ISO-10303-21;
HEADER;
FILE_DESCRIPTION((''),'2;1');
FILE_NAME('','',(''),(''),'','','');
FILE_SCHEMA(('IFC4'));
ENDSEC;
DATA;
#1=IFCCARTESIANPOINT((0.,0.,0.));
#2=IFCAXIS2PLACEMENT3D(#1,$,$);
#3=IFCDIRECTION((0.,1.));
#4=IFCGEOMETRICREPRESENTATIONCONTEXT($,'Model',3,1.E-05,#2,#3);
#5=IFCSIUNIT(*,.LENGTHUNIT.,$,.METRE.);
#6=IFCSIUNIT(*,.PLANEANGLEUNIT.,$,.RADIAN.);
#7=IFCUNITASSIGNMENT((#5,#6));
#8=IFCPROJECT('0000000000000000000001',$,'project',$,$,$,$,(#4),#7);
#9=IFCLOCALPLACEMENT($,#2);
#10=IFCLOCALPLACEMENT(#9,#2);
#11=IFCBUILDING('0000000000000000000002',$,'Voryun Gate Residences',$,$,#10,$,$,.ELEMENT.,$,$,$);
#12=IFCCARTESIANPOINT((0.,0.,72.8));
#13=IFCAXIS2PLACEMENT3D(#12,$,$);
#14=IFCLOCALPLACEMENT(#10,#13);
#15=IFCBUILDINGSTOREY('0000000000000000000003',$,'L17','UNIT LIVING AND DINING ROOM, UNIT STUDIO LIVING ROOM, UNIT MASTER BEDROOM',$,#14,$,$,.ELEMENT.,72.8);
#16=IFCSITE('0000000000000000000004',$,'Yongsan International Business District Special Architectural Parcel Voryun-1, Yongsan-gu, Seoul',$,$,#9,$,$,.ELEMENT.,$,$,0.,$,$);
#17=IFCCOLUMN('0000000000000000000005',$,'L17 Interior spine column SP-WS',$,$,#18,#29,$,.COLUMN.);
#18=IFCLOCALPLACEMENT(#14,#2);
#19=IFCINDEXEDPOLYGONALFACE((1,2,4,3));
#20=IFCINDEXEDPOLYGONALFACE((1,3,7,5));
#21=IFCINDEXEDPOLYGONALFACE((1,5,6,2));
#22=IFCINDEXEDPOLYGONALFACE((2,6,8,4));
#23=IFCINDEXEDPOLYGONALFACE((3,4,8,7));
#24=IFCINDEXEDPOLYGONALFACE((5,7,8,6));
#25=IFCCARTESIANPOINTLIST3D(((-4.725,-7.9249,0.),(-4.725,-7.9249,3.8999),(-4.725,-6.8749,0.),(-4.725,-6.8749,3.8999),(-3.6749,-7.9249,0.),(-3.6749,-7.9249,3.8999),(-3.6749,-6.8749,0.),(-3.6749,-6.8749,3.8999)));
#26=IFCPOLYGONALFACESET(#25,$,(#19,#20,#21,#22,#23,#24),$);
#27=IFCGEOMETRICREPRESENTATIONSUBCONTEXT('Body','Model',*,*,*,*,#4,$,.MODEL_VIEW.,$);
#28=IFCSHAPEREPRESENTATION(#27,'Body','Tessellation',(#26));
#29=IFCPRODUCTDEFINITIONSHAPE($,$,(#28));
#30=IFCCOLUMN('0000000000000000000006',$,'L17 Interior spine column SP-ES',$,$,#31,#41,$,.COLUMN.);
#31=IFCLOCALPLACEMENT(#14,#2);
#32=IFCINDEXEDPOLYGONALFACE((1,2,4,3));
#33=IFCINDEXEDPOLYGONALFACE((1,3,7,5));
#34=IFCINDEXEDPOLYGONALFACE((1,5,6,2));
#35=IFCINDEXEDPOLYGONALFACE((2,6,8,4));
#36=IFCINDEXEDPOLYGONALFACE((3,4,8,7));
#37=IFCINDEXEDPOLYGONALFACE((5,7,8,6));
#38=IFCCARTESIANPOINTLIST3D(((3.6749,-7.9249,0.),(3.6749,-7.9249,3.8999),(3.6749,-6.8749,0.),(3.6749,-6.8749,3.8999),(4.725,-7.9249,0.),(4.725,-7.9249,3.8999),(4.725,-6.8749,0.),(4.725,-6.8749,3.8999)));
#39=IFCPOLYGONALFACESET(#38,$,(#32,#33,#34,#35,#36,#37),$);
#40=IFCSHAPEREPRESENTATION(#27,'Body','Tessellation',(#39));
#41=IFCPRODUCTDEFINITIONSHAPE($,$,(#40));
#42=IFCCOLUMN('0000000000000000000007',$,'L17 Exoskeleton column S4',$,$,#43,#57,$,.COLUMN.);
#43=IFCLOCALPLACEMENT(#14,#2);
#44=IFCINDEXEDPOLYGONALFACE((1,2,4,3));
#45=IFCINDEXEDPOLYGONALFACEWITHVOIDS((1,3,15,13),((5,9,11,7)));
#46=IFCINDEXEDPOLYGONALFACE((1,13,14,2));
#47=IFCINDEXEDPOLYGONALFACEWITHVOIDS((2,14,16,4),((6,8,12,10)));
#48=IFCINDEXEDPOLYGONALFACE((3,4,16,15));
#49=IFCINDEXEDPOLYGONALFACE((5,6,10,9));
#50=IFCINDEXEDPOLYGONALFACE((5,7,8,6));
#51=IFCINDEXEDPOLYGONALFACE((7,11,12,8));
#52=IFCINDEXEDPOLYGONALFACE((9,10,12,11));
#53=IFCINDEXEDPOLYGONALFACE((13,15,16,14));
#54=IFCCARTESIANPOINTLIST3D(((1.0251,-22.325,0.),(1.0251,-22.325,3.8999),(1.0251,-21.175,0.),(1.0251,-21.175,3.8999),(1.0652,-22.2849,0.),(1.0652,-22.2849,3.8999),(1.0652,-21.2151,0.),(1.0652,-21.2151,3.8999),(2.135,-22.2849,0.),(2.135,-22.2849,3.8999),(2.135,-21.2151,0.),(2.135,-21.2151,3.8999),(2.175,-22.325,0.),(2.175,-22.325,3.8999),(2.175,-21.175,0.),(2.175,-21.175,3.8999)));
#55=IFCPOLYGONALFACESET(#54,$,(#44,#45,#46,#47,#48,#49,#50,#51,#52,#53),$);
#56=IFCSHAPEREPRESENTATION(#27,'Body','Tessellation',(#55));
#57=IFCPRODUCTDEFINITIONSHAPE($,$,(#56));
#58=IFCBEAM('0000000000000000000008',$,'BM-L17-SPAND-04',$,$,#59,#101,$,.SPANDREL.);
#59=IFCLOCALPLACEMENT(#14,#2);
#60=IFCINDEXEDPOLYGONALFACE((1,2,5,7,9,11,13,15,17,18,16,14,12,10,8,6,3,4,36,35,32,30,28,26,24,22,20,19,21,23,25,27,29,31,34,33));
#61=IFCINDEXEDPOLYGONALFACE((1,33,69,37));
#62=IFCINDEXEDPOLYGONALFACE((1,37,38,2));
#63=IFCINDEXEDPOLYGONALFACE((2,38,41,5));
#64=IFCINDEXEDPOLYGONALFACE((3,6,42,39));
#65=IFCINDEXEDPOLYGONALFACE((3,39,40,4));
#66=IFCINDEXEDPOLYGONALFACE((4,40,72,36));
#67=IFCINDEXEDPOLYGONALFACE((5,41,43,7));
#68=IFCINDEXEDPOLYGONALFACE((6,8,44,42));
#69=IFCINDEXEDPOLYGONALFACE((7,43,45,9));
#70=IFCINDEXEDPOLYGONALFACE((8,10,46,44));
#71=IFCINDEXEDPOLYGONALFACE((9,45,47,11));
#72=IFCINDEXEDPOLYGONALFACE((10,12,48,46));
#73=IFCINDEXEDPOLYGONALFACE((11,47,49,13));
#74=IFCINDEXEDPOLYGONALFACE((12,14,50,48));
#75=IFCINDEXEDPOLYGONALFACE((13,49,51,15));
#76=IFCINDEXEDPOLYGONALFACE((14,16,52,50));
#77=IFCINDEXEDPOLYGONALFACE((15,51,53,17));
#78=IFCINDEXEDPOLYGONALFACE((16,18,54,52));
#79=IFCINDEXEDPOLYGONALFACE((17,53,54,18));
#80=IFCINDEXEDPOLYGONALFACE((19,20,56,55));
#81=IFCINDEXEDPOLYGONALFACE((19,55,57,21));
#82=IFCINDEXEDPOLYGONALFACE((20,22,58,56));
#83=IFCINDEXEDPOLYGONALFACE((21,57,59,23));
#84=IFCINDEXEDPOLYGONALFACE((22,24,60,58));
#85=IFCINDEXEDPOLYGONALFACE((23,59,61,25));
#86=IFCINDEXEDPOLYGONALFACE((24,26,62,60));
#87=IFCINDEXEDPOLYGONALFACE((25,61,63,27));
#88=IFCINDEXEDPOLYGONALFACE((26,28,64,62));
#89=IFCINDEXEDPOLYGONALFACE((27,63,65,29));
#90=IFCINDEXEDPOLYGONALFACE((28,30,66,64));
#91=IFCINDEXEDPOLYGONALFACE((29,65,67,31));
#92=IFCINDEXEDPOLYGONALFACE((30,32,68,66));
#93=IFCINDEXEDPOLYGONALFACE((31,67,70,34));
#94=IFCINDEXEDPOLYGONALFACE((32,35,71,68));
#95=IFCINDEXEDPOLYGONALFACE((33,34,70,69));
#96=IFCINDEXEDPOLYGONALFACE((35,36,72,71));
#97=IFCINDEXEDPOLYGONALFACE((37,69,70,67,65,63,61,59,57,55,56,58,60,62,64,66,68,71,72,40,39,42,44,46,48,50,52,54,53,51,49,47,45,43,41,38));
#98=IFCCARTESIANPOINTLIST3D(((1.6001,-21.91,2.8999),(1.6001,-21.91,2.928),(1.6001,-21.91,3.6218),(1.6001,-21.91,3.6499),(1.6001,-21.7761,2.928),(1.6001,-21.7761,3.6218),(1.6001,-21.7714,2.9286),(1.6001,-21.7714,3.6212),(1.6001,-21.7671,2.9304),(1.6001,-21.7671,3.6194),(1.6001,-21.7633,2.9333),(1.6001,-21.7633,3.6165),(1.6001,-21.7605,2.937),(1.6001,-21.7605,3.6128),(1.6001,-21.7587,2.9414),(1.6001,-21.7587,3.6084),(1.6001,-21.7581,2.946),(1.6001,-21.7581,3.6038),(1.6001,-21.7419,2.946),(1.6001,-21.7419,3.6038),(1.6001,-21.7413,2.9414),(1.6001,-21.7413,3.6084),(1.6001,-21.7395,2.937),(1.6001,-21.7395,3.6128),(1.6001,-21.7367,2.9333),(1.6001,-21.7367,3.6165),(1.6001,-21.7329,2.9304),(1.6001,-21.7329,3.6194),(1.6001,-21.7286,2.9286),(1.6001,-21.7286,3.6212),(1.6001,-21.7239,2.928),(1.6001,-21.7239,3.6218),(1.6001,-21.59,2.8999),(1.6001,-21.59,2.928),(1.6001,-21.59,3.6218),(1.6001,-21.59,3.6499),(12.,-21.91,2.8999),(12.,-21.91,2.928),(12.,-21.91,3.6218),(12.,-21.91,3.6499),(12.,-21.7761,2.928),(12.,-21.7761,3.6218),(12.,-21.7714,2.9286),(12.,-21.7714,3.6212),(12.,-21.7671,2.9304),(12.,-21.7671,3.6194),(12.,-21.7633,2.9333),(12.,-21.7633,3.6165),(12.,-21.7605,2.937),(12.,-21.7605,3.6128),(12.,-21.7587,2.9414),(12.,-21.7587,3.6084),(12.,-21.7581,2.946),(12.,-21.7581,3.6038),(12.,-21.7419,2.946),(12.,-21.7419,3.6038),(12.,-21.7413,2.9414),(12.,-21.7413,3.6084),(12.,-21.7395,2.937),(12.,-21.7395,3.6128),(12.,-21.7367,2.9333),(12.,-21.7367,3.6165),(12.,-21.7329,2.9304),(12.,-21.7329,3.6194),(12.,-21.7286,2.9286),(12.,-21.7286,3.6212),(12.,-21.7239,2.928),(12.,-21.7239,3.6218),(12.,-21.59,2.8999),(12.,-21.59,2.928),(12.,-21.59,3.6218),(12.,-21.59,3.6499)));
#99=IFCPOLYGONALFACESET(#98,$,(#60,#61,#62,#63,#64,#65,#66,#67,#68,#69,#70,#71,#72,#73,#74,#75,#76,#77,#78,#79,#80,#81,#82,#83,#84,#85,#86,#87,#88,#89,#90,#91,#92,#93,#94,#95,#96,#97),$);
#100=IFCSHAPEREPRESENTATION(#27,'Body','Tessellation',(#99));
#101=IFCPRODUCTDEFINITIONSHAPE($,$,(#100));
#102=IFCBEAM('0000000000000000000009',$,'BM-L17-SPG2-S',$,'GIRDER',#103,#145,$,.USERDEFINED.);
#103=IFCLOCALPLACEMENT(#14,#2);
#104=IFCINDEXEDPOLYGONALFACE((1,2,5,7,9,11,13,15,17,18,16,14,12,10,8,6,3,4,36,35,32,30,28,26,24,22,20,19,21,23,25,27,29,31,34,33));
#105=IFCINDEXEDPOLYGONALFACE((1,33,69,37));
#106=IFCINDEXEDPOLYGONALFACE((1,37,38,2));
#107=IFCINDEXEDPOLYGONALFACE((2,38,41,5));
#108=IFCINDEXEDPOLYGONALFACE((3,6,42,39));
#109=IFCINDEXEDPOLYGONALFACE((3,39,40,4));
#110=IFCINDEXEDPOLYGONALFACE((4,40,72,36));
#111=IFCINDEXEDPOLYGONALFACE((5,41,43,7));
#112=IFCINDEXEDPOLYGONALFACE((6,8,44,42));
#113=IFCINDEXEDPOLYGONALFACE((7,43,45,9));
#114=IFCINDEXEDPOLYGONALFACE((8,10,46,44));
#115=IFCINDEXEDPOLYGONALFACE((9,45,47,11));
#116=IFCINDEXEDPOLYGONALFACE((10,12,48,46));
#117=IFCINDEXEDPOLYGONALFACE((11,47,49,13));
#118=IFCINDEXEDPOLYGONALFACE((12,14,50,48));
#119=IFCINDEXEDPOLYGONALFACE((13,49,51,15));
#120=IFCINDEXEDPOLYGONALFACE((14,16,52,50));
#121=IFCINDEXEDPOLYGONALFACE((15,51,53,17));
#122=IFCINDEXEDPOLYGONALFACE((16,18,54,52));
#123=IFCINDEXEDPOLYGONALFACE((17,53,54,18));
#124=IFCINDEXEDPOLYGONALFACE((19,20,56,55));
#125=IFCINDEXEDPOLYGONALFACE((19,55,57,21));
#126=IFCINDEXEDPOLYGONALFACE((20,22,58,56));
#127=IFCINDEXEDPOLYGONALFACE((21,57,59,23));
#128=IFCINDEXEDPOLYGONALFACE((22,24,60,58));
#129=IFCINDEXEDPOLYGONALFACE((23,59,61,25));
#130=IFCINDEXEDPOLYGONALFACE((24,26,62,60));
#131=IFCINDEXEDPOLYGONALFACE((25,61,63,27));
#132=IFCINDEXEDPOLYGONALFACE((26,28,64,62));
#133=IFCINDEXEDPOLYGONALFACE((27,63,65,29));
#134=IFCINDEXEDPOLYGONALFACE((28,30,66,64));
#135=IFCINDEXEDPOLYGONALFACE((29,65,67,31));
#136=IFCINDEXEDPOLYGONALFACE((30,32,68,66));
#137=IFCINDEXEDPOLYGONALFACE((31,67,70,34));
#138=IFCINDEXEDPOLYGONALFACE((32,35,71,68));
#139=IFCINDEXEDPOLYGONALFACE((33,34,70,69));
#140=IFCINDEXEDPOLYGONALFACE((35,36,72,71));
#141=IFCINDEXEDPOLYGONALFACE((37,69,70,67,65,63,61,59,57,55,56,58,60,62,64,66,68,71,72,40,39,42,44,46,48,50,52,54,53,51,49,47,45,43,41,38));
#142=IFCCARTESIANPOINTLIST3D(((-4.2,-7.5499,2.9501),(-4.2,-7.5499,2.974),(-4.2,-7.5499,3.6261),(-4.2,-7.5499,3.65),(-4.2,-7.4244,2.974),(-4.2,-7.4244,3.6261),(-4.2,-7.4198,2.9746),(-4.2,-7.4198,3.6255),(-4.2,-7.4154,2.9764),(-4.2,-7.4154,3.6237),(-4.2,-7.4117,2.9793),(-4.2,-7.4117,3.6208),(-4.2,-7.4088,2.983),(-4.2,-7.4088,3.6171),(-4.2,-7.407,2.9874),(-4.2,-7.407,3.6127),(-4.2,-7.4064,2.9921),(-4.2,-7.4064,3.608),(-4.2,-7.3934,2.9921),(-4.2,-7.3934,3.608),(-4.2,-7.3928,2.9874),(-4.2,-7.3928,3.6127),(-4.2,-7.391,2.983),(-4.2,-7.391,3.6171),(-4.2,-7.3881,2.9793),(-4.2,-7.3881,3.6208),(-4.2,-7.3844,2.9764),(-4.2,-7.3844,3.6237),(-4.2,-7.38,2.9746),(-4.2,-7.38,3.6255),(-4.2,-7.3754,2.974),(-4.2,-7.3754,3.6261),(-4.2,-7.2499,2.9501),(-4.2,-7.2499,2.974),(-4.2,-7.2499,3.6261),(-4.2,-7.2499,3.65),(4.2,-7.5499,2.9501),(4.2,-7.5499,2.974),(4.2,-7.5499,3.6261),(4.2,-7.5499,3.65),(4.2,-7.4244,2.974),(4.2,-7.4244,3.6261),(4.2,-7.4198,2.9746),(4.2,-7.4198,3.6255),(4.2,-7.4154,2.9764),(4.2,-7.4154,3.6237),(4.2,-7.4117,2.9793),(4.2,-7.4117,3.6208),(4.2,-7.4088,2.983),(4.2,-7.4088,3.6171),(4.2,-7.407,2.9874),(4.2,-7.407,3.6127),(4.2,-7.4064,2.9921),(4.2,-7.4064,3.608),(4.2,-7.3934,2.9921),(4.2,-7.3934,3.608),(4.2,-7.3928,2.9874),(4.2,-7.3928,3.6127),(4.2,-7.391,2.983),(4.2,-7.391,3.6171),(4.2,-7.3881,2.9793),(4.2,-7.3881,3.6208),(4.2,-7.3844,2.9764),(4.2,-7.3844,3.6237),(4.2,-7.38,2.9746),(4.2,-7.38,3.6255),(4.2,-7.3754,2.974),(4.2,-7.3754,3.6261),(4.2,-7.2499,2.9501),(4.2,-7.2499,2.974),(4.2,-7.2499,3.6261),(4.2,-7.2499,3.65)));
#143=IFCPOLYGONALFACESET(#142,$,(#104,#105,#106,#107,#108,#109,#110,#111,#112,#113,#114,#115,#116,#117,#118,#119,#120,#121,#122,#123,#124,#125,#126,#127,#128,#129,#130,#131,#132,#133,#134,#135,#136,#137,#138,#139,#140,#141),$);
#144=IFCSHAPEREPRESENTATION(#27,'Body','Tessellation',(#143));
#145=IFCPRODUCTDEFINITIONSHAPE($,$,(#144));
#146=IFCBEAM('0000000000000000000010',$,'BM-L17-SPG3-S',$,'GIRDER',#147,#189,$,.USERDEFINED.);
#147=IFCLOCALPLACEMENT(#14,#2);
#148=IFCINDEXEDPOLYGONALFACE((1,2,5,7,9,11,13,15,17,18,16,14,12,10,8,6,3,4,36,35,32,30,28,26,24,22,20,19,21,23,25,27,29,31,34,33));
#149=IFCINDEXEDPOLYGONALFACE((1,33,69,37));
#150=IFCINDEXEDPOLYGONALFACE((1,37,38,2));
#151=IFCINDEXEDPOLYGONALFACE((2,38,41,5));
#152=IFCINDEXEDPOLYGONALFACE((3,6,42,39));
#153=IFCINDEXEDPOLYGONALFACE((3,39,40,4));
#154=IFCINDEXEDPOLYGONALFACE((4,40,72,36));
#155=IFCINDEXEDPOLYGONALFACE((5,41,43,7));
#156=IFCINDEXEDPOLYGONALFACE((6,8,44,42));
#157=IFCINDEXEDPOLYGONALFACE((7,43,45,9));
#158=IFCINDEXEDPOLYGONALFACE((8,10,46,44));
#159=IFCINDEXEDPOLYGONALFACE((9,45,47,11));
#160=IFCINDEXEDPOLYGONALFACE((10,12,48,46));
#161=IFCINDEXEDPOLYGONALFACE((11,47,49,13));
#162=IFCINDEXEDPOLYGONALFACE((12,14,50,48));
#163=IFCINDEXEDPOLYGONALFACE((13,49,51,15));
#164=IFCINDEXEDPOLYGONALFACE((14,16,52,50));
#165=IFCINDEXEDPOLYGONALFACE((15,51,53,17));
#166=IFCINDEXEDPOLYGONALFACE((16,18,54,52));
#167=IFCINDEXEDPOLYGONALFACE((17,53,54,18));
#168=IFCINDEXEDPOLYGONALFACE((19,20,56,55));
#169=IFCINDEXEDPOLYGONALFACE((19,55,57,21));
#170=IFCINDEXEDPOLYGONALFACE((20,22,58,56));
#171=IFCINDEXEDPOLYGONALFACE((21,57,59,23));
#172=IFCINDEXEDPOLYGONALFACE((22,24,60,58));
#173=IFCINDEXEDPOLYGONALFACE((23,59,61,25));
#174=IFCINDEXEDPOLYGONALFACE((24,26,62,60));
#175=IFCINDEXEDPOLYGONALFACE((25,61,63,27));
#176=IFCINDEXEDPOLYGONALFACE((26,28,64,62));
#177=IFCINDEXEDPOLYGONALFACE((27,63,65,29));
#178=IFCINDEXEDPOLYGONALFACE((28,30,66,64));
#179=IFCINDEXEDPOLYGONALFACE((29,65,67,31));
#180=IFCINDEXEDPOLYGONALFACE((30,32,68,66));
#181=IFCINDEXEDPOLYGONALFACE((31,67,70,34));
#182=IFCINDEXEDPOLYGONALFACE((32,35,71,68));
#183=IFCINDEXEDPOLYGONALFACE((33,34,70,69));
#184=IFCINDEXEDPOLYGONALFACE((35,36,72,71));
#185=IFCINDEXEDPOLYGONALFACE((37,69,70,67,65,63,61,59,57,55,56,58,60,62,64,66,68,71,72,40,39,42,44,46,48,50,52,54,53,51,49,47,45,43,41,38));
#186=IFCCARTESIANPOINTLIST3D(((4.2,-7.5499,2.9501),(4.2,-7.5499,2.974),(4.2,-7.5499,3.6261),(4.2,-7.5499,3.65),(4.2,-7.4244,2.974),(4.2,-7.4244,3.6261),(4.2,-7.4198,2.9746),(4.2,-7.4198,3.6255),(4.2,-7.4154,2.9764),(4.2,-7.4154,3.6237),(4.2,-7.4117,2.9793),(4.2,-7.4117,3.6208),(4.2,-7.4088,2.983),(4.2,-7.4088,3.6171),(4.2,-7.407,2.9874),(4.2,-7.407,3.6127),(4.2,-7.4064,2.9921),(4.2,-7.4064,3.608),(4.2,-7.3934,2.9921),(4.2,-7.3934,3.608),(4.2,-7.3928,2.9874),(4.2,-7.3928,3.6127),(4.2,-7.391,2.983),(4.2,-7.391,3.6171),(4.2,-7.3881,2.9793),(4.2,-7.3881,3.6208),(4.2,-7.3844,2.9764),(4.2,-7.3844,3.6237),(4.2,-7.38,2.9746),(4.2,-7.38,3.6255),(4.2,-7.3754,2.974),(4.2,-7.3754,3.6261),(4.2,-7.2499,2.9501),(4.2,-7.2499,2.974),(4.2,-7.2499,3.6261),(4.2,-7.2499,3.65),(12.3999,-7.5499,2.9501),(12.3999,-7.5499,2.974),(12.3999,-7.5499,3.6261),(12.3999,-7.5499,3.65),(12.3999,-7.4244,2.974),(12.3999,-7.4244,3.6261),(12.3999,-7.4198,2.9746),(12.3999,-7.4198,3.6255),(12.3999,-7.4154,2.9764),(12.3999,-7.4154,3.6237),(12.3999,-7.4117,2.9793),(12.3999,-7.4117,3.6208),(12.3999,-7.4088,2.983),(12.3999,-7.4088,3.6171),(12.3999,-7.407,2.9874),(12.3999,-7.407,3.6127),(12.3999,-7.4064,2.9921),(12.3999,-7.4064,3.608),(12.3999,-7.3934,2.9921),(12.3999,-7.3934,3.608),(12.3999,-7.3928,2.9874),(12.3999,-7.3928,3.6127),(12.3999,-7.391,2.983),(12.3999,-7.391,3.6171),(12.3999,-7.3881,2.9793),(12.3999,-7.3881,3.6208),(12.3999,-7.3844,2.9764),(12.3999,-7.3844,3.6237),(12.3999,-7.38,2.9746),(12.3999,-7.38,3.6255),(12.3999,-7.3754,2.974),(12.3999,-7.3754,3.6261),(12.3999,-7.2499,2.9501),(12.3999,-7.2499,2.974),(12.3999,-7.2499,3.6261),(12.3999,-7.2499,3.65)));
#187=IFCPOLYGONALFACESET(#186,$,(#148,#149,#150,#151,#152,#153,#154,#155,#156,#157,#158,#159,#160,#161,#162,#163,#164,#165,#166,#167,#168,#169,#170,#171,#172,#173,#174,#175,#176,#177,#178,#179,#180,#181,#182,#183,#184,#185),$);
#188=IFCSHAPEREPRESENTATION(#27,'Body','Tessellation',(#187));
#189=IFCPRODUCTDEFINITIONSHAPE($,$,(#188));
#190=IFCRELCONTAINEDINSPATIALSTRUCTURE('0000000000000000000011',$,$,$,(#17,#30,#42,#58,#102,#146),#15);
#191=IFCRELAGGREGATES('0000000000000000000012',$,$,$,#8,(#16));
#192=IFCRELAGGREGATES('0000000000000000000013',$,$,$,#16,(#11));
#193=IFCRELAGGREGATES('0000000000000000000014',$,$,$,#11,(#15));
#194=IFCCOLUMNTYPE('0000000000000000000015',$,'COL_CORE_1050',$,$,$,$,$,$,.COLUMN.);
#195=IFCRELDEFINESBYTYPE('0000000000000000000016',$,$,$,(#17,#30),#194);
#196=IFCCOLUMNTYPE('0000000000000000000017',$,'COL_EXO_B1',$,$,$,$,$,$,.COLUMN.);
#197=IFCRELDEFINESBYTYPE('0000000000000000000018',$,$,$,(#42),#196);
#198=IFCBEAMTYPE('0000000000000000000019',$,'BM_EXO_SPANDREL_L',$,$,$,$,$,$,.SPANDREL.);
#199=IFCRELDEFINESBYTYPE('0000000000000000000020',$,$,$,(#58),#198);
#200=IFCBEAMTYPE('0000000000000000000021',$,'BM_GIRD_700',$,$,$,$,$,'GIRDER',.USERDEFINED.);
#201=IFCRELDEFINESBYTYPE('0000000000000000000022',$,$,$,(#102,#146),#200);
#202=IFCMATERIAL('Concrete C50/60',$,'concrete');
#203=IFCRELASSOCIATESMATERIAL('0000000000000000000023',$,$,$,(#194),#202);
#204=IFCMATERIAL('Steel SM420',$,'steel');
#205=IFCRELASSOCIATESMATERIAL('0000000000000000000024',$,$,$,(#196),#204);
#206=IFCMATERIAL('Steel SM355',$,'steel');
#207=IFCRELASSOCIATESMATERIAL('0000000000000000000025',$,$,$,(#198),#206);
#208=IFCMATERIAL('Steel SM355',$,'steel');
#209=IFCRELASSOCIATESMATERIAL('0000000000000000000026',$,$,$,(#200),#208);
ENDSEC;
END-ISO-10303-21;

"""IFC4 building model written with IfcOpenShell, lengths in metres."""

from ifc_helpers import new_model, si_unit, direction, frame, origin, origin_2d, place, context, subcontext, project, spatial, rectangle, hollow_rectangle, i_section, extrude, material, material_profile, profile_set, type_object, element, save


model = new_model("IFC4")

# Units and contexts
model_context = context("Model", 3, precision=1e-05, world=origin(), true_north=direction((0.0, 1.0)))
body_context = subcontext(model_context, "Body", "Model", "MODEL_VIEW")
ifc_project = project(units=[si_unit("LENGTHUNIT", "METRE"), si_unit("PLANEANGLEUNIT", "RADIAN")], contexts=[model_context])

# Site, building, storey
site_placement = place(None, origin())
site = spatial("IfcSite", under=ifc_project, at=site_placement, Name="Yongsan International Business District Special Architectural Parcel Voryun-1, Yongsan-gu, Seoul", CompositionType="ELEMENT", RefElevation=0.0)
building_placement = place(site_placement, origin())
building = spatial("IfcBuilding", under=site, at=building_placement, Name="Voryun Gate Residences", CompositionType="ELEMENT")
storey_placement = place(building_placement, frame((0.0, 0.0, 72.8)))
storey = spatial("IfcBuildingStorey", under=building, at=storey_placement, Name="L17", Description="UNIT LIVING AND DINING ROOM, UNIT STUDIO LIVING ROOM, UNIT MASTER BEDROOM", CompositionType="ELEMENT", Elevation=72.8)

# Columns
ifc_material_1 = material(Name="Concrete C50/60", Category="concrete")
ifc_material_profile_1 = material_profile(ifc_material_1, rectangle(XDim=1.05, YDim=1.05, at=origin_2d()), Name="RC-1050x1050")
ifc_profile_set_1 = profile_set([ifc_material_profile_1], Name="Concrete C50/60")
column_type_1 = type_object("IfcColumnType", Name="COL_CORE_1050", PredefinedType="COLUMN", material=ifc_profile_set_1)
for number, where, z_axis, x_axis, name in (
    (1, (-4.2, -7.3999, 0.0), (0.0, 0.0, 1.0), (1.0, 0.0, 0.0), "L17 Interior spine column SP-WS"),
    (2, (4.2, -7.3999, 0.0), (0.0, 0.0, 1.0), (1.0, 0.0, 0.0), "L17 Interior spine column SP-ES"),
):
    element("IfcColumn", number, at=place(storey_placement, frame(where, z_axis=z_axis, x_axis=x_axis)), inside=storey, type_object=column_type_1, Name=name, PredefinedType="COLUMN", context=body_context, shape_type="SweptSolid", body=[
        extrude(rectangle(XDim=1.05, YDim=1.05, at=origin_2d()), origin(), (0.0, 0.0, 1.0), 3.8999),
    ])
ifc_material_2 = material(Name="Steel SM420", Category="steel")
ifc_material_profile_2 = material_profile(ifc_material_2, hollow_rectangle(XDim=1.1499, YDim=1.1499, WallThickness=0.04, at=origin_2d()), Name="BOX-1150x1150x40")
ifc_profile_set_2 = profile_set([ifc_material_profile_2], Name="Steel SM420")
column_type_2 = type_object("IfcColumnType", Name="COL_EXO_B1", PredefinedType="COLUMN", material=ifc_profile_set_2)
column_placement = place(storey_placement, frame((1.6001, -21.75, 0.0), z_axis=(0.0, 0.0, 1.0), x_axis=(1.0, 0.0, 0.0)))
element("IfcColumn", 3, at=column_placement, inside=storey, type_object=column_type_2, Name="L17 Exoskeleton column S4", PredefinedType="COLUMN", context=body_context, shape_type="SweptSolid", body=[
    extrude(hollow_rectangle(XDim=1.1499, YDim=1.1499, WallThickness=0.04, at=origin_2d()), origin(), (0.0, 0.0, 1.0), 3.8999),
])

# Beams
ifc_material_3 = material(Name="Steel SM355", Category="steel")
ifc_material_profile_3 = material_profile(ifc_material_3, i_section(OverallWidth=0.3201, OverallDepth=0.75, WebThickness=0.0161, FlangeThickness=0.0281, FilletRadius=0.0181, at=origin_2d()), Name="H-750x320x16x28")
ifc_profile_set_3 = profile_set([ifc_material_profile_3], Name="Steel SM355")
beam_type_1 = type_object("IfcBeamType", Name="BM_EXO_SPANDREL_L", PredefinedType="SPANDREL", material=ifc_profile_set_3)
beam_1_placement = place(storey_placement, frame((1.6001, -21.75, 3.2749), z_axis=(1.0, 0.0, 0.0), x_axis=(0.0, 1.0, 0.0)))
element("IfcBeam", 4, at=beam_1_placement, inside=storey, type_object=beam_type_1, Name="BM-L17-SPAND-04", PredefinedType="SPANDREL", context=body_context, shape_type="SweptSolid", body=[
    extrude(i_section(OverallWidth=0.3201, OverallDepth=0.75, WebThickness=0.0161, FlangeThickness=0.0281, FilletRadius=0.0181, at=origin_2d()), origin(), (0.0, 0.0, 1.0), 10.3999),
])
ifc_material_4 = material(Name="Steel SM355", Category="steel")
ifc_material_profile_4 = material_profile(ifc_material_4, i_section(OverallWidth=0.3, OverallDepth=0.7, WebThickness=0.0129, FlangeThickness=0.0239, FilletRadius=0.0181, at=origin_2d()), Name="H-700x300x13x24")
ifc_profile_set_4 = profile_set([ifc_material_profile_4], Name="Steel SM355")
beam_type_2 = type_object("IfcBeamType", Name="BM_GIRD_700", ElementType="GIRDER", PredefinedType="USERDEFINED", material=ifc_profile_set_4)
beam_2_placement = place(storey_placement, frame((-4.2, -7.3999, 3.3), z_axis=(1.0, 0.0, 0.0), x_axis=(0.0, 1.0, 0.0)))
element("IfcBeam", 5, at=beam_2_placement, inside=storey, type_object=beam_type_2, Name="BM-L17-SPG2-S", ObjectType="GIRDER", PredefinedType="USERDEFINED", context=body_context, shape_type="SweptSolid", body=[
    extrude(i_section(OverallWidth=0.3, OverallDepth=0.7, WebThickness=0.0129, FlangeThickness=0.0239, FilletRadius=0.0181, at=origin_2d()), origin(), (0.0, 0.0, 1.0), 8.3999),
])
beam_3_placement = place(storey_placement, frame((4.2, -7.3999, 3.3), z_axis=(1.0, 0.0, 0.0), x_axis=(0.0, 1.0, 0.0)))
element("IfcBeam", 6, at=beam_3_placement, inside=storey, type_object=beam_type_2, Name="BM-L17-SPG3-S", ObjectType="GIRDER", PredefinedType="USERDEFINED", context=body_context, shape_type="SweptSolid", body=[
    extrude(i_section(OverallWidth=0.3, OverallDepth=0.7, WebThickness=0.0129, FlangeThickness=0.0239, FilletRadius=0.0181, at=origin_2d()), origin(), (0.0, 0.0, 1.0), 8.2),
])

save(model, "model.ifc")
